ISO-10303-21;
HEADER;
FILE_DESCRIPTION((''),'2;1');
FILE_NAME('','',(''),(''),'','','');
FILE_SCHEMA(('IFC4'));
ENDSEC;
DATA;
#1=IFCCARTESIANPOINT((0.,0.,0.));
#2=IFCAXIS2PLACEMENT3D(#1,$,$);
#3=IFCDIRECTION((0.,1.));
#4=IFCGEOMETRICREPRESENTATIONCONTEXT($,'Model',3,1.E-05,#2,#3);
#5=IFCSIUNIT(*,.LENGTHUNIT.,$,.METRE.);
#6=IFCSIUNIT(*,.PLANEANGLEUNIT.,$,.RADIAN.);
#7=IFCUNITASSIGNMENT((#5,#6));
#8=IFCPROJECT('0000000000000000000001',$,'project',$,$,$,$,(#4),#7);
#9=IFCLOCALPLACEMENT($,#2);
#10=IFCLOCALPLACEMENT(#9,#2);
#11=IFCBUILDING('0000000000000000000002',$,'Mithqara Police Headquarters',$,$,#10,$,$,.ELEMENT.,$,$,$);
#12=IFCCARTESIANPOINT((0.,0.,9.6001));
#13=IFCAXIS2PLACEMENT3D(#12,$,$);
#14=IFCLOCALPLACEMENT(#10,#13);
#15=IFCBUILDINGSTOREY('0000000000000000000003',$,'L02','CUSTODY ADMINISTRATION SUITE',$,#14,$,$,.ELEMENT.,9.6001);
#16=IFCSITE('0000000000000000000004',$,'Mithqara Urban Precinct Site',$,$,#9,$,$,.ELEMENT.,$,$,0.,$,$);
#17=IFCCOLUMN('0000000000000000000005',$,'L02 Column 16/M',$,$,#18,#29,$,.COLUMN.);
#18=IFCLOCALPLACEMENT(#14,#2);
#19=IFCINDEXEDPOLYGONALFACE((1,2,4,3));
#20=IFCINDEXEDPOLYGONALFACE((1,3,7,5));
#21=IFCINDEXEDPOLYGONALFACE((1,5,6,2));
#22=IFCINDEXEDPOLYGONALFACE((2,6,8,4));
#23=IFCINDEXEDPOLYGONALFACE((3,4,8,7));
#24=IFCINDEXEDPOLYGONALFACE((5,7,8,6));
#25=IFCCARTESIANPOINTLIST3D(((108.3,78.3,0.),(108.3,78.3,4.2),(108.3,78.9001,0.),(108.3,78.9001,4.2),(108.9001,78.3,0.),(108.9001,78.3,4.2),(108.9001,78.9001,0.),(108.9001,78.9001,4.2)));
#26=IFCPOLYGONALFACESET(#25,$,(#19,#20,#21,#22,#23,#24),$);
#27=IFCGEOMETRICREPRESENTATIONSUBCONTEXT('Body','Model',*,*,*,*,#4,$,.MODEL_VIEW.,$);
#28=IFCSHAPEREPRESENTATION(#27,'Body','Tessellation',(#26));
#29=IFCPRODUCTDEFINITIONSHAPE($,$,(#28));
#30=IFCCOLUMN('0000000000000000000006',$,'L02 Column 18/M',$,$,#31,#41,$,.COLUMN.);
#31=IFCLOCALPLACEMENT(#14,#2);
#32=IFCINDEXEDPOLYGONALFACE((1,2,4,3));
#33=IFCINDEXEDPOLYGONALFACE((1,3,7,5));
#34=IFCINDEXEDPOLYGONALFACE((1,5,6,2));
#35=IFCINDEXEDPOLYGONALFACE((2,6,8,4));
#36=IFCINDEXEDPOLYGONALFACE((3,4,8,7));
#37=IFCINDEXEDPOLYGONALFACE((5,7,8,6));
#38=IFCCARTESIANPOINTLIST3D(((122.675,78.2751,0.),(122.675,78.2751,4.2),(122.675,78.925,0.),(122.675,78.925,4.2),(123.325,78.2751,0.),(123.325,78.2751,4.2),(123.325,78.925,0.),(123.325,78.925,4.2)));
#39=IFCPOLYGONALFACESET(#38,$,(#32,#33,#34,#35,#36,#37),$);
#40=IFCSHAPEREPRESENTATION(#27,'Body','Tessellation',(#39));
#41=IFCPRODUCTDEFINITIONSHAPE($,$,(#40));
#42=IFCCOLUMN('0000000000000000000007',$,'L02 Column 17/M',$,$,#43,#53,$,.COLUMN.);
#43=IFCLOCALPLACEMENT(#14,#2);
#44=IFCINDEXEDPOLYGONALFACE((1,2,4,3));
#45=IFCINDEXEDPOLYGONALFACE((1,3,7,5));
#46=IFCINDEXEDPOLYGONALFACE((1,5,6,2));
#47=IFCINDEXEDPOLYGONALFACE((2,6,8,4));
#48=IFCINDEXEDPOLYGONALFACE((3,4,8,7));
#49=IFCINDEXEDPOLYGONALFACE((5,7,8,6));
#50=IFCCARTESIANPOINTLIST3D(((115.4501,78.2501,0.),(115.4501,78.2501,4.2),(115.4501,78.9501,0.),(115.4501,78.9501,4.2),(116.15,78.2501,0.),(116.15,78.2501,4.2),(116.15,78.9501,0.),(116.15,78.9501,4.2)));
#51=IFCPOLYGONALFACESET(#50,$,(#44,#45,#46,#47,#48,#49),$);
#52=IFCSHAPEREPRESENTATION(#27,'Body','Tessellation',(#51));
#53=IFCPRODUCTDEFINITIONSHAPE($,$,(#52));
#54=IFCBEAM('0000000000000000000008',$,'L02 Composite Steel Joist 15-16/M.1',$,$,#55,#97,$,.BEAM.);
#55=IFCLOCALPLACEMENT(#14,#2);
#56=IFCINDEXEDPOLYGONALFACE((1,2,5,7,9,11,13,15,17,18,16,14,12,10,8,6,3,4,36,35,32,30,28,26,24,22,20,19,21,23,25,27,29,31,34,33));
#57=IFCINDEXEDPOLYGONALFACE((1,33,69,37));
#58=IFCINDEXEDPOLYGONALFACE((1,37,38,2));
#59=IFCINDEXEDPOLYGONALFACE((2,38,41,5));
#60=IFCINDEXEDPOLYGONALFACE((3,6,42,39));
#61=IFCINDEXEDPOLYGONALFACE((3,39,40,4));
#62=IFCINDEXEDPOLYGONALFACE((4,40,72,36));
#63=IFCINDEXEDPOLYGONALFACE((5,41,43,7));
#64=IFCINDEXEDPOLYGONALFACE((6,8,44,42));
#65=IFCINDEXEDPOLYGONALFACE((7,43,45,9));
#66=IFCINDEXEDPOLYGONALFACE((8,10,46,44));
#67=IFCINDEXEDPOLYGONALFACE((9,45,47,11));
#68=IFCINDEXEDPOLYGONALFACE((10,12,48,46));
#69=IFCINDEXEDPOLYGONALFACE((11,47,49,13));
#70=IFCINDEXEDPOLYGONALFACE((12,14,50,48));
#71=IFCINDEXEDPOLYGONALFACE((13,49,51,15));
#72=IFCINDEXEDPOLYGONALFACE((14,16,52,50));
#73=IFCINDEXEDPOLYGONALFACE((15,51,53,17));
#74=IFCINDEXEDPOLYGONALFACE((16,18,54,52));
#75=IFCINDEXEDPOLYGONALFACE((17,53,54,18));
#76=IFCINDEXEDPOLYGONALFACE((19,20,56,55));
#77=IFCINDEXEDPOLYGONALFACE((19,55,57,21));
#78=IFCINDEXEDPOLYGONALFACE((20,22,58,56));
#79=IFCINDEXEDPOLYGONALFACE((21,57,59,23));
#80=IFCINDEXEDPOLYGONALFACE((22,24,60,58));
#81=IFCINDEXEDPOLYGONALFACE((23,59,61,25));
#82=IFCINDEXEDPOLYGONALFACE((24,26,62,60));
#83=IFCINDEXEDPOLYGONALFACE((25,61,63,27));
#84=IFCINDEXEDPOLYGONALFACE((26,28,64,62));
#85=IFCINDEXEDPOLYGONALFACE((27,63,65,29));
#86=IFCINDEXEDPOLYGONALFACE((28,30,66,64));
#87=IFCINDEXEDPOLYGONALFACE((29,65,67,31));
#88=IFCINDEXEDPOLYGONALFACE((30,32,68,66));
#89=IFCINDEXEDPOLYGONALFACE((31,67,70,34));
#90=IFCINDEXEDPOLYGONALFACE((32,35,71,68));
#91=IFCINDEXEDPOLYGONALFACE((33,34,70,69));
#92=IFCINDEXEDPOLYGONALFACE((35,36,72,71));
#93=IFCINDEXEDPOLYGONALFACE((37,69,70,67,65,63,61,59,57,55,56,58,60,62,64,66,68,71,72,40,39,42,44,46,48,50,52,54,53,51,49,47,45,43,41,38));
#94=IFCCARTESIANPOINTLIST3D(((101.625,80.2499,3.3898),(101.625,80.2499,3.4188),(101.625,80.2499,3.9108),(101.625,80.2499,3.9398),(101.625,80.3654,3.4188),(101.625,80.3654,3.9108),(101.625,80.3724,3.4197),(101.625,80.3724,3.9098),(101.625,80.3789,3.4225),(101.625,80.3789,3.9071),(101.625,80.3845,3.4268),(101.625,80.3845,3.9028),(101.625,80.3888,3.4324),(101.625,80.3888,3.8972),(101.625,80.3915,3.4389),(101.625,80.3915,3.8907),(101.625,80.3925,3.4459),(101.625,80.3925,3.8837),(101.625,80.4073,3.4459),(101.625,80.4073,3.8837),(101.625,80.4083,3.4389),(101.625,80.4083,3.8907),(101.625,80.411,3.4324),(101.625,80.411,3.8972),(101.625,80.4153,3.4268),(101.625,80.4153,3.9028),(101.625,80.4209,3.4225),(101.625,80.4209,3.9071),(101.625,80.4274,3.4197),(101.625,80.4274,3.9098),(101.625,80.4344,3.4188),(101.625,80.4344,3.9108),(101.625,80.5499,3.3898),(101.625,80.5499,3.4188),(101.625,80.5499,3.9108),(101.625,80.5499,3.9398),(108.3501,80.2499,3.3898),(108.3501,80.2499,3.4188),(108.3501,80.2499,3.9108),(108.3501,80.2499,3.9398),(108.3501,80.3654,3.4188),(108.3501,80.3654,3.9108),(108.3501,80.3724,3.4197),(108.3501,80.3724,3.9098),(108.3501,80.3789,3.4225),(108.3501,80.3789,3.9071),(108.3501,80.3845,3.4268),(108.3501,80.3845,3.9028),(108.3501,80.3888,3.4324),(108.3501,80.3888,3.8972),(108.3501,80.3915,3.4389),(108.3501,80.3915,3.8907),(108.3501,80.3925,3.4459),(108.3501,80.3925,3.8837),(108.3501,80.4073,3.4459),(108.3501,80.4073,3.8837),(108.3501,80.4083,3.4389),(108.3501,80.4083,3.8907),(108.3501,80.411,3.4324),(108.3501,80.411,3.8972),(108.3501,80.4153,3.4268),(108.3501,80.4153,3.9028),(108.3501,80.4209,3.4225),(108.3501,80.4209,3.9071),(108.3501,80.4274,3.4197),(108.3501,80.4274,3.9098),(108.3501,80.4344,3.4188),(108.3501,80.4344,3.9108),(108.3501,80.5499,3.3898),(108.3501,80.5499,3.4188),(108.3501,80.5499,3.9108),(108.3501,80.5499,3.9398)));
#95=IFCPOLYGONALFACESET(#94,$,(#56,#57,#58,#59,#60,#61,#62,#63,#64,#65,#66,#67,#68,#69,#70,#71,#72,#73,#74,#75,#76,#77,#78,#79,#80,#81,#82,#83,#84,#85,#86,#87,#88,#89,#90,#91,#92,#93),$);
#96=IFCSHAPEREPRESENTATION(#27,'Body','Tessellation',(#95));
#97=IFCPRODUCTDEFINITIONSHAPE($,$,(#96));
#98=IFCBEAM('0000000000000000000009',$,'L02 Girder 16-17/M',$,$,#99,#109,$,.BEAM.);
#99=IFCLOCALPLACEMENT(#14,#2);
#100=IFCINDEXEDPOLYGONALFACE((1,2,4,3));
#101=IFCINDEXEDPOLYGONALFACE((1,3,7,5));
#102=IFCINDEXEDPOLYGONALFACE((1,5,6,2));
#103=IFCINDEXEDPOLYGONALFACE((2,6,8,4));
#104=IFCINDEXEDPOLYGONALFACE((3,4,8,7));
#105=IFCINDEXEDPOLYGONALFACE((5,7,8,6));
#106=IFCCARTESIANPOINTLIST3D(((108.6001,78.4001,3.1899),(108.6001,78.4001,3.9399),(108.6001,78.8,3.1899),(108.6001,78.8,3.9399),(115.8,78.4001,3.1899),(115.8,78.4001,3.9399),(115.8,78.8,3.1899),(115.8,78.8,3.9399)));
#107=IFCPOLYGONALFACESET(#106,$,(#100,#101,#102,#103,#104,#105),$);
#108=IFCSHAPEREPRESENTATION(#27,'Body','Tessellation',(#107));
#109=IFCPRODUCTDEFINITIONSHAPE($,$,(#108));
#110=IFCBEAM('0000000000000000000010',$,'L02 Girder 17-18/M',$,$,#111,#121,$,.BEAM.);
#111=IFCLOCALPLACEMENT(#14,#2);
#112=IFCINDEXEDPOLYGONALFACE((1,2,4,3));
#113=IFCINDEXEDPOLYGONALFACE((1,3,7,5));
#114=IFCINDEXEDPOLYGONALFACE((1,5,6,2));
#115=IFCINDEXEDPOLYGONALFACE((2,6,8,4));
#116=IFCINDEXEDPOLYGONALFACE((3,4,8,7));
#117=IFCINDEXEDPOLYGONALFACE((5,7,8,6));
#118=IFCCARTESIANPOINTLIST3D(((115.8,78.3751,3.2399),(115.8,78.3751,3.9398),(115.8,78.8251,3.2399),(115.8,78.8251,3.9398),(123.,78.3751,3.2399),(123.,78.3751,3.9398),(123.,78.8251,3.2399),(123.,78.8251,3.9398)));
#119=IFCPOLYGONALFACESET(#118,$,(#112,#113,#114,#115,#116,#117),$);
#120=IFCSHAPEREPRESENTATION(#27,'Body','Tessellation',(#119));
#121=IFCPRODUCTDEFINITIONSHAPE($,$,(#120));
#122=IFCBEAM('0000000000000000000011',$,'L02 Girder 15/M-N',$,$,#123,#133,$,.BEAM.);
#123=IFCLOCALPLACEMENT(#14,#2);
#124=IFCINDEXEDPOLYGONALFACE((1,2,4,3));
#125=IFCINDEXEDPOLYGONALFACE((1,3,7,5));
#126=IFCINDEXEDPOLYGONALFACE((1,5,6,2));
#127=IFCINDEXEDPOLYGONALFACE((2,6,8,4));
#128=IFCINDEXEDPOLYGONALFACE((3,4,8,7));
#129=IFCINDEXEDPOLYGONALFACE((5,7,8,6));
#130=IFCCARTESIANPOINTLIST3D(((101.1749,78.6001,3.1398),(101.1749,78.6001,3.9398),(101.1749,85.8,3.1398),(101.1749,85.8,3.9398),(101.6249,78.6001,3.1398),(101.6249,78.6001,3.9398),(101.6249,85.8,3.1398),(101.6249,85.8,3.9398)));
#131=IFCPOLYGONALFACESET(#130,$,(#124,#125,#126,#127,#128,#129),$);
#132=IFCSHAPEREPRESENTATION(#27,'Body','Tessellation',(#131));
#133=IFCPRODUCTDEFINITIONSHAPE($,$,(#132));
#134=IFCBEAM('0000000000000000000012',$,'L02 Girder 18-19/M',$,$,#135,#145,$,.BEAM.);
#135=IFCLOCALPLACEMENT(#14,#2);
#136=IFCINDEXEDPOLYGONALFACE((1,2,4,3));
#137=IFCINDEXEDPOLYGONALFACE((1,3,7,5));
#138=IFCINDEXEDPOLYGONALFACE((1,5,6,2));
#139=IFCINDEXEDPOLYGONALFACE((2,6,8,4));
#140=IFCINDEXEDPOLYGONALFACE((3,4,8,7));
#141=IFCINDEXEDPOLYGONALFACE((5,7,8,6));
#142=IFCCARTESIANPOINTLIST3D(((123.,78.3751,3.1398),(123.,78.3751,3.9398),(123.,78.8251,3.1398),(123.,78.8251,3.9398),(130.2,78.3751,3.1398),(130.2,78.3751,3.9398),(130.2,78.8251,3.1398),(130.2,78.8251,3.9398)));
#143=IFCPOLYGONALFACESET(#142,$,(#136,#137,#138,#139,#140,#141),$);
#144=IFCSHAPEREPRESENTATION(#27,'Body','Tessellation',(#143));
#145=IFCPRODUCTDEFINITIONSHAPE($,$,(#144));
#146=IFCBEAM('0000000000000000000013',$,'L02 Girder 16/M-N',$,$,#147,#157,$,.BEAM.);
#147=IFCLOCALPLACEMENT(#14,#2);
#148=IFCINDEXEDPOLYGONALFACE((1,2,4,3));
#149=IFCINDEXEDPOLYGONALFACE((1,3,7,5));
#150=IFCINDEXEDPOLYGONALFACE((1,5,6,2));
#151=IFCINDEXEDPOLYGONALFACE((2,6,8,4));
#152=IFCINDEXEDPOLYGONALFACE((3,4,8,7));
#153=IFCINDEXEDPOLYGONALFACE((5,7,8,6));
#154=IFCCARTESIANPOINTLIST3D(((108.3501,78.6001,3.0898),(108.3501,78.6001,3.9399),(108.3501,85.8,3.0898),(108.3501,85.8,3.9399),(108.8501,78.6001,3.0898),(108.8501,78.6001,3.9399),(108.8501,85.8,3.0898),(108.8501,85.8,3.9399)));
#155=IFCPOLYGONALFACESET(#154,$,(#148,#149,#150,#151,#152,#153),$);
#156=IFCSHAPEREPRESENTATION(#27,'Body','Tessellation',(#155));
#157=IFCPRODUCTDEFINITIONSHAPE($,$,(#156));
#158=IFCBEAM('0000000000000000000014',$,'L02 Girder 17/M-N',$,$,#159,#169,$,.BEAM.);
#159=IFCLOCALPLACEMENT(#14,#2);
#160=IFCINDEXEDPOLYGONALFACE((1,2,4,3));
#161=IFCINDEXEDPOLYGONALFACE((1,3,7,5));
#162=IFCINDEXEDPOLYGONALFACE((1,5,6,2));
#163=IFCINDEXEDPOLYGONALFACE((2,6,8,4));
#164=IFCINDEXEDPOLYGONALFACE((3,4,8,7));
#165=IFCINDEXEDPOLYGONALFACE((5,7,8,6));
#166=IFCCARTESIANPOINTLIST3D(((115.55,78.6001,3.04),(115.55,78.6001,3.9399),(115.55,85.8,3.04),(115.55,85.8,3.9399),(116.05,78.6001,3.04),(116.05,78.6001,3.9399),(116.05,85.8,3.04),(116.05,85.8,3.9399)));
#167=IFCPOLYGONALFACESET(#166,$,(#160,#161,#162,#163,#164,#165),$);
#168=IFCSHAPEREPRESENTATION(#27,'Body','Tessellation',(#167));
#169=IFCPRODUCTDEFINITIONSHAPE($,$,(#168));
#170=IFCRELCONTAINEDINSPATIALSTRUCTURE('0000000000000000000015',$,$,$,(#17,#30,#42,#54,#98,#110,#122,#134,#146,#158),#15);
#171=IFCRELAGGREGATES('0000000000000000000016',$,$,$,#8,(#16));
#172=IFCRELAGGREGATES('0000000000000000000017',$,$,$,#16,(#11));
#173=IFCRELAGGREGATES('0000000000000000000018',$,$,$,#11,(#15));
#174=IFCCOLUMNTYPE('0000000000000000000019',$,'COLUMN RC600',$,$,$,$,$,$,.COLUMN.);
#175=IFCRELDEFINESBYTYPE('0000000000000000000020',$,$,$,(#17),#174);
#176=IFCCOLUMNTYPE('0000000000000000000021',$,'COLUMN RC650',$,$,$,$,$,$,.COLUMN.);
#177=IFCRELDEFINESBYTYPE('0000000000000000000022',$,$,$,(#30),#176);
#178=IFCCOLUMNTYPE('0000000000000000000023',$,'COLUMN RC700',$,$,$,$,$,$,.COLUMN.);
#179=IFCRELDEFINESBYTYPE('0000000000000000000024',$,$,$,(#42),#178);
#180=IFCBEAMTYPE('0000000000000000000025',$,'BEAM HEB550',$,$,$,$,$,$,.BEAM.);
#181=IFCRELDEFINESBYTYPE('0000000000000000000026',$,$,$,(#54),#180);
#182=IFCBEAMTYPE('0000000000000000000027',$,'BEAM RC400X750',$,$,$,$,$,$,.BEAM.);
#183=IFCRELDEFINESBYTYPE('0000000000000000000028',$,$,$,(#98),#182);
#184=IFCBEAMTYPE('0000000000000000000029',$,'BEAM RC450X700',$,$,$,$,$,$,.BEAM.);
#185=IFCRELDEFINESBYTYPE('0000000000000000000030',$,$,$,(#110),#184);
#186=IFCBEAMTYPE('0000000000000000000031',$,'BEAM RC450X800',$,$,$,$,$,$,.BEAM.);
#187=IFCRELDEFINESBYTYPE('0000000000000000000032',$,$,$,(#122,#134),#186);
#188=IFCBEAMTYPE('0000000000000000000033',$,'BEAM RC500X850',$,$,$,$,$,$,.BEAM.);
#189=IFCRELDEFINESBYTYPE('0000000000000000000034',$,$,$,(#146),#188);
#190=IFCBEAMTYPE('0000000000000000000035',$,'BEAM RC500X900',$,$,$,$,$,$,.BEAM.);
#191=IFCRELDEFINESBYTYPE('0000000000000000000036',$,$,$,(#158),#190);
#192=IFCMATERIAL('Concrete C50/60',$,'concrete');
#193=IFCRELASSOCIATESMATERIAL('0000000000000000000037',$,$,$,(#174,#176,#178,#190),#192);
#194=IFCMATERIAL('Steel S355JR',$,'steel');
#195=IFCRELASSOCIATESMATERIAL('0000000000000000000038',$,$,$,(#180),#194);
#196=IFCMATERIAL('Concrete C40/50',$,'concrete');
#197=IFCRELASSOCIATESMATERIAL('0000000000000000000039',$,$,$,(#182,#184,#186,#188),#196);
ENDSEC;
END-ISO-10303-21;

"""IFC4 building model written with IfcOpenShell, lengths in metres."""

from ifc_helpers import new_model, si_unit, direction, frame, origin, origin_2d, place, context, subcontext, project, spatial, rectangle, i_section, extrude, material, material_profile, profile_set, type_object, element, save


model = new_model("IFC4")

# Units and contexts
model_context = context("Model", 3, precision=1e-05, world=origin(), true_north=direction((0.0, 1.0)))
body_context = subcontext(model_context, "Body", "Model", "MODEL_VIEW")
ifc_project = project(units=[si_unit("LENGTHUNIT", "METRE"), si_unit("PLANEANGLEUNIT", "RADIAN")], contexts=[model_context])

# Site, building, storey
site_placement = place(None, origin())
site = spatial("IfcSite", under=ifc_project, at=site_placement, Name="Mithqara Urban Precinct Site", CompositionType="ELEMENT", RefElevation=0.0)
building_placement = place(site_placement, origin())
building = spatial("IfcBuilding", under=site, at=building_placement, Name="Mithqara Police Headquarters", CompositionType="ELEMENT")
storey_placement = place(building_placement, frame((0.0, 0.0, 9.6001)))
storey = spatial("IfcBuildingStorey", under=building, at=storey_placement, Name="L02", Description="CUSTODY ADMINISTRATION SUITE", CompositionType="ELEMENT", Elevation=9.6001)

# Columns
ifc_material_1 = material(Name="Concrete C50/60", Category="concrete")
ifc_material_profile_1 = material_profile(ifc_material_1, rectangle(XDim=0.6001, YDim=0.6001, at=origin_2d()), Name="RC 600x600")
ifc_profile_set_1 = profile_set([ifc_material_profile_1], Name="Concrete C50/60")
column_type_1 = type_object("IfcColumnType", Name="COLUMN RC600", PredefinedType="COLUMN", material=ifc_profile_set_1)
column_1_placement = place(storey_placement, frame((108.6001, 78.6001, 0.0), z_axis=(0.0, 0.0, 1.0), x_axis=(1.0, 0.0, 0.0)))
element("IfcColumn", 1, at=column_1_placement, inside=storey, type_object=column_type_1, Name="L02 Column 16/M", PredefinedType="COLUMN", context=body_context, shape_type="SweptSolid", body=[
    extrude(rectangle(XDim=0.6001, YDim=0.6001, at=origin_2d()), origin(), (0.0, 0.0, 1.0), 4.2),
])
ifc_material_profile_2 = material_profile(ifc_material_1, rectangle(XDim=0.6499, YDim=0.6499, at=origin_2d()), Name="RC 650x650")
ifc_profile_set_2 = profile_set([ifc_material_profile_2], Name="Concrete C50/60")
column_type_2 = type_object("IfcColumnType", Name="COLUMN RC650", PredefinedType="COLUMN", material=ifc_profile_set_2)
column_2_placement = place(storey_placement, frame((123.0, 78.6001, 0.0), z_axis=(0.0, 0.0, 1.0), x_axis=(1.0, 0.0, 0.0)))
element("IfcColumn", 2, at=column_2_placement, inside=storey, type_object=column_type_2, Name="L02 Column 18/M", PredefinedType="COLUMN", context=body_context, shape_type="SweptSolid", body=[
    extrude(rectangle(XDim=0.6499, YDim=0.6499, at=origin_2d()), origin(), (0.0, 0.0, 1.0), 4.2),
])
ifc_material_profile_3 = material_profile(ifc_material_1, rectangle(XDim=0.7, YDim=0.7, at=origin_2d()), Name="RC 700x700")
ifc_profile_set_3 = profile_set([ifc_material_profile_3], Name="Concrete C50/60")
column_type_3 = type_object("IfcColumnType", Name="COLUMN RC700", PredefinedType="COLUMN", material=ifc_profile_set_3)
column_3_placement = place(storey_placement, frame((115.8, 78.6001, 0.0), z_axis=(0.0, 0.0, 1.0), x_axis=(1.0, 0.0, 0.0)))
element("IfcColumn", 3, at=column_3_placement, inside=storey, type_object=column_type_3, Name="L02 Column 17/M", PredefinedType="COLUMN", context=body_context, shape_type="SweptSolid", body=[
    extrude(rectangle(XDim=0.7, YDim=0.7, at=origin_2d()), origin(), (0.0, 0.0, 1.0), 4.2),
])

# Beams
ifc_material_2 = material(Name="Steel S355JR", Category="steel")
ifc_material_profile_4 = material_profile(ifc_material_2, i_section(OverallWidth=0.3, OverallDepth=0.55, WebThickness=0.0149, FlangeThickness=0.0291, FilletRadius=0.0271, at=origin_2d()), Name="HEB 550")
ifc_profile_set_4 = profile_set([ifc_material_profile_4], Name="Steel S355JR")
beam_type_1 = type_object("IfcBeamType", Name="BEAM HEB550", PredefinedType="BEAM", material=ifc_profile_set_4)
beam_1_placement = place(storey_placement, frame((101.625, 80.3999, 3.6648), z_axis=(1.0, 0.0, 0.0), x_axis=(0.0, 1.0, 0.0)))
element("IfcBeam", 4, at=beam_1_placement, inside=storey, type_object=beam_type_1, Name="L02 Composite Steel Joist 15-16/M.1", PredefinedType="BEAM", context=body_context, shape_type="SweptSolid", body=[
    extrude(i_section(OverallWidth=0.3, OverallDepth=0.55, WebThickness=0.0149, FlangeThickness=0.0291, FilletRadius=0.0271, at=origin_2d()), origin(), (0.0, 0.0, 1.0), 6.7251),
])
ifc_material_3 = material(Name="Concrete C40/50", Category="concrete")
ifc_material_profile_5 = material_profile(ifc_material_3, rectangle(XDim=0.3999, YDim=0.75, at=origin_2d()), Name="RC 400x750")
ifc_profile_set_5 = profile_set([ifc_material_profile_5], Name="Concrete C40/50")
beam_type_2 = type_object("IfcBeamType", Name="BEAM RC400X750", PredefinedType="BEAM", material=ifc_profile_set_5)
beam_2_placement = place(storey_placement, frame((108.6001, 78.6001, 3.5649), z_axis=(1.0, 0.0, 0.0), x_axis=(0.0, 1.0, 0.0)))
element("IfcBeam", 5, at=beam_2_placement, inside=storey, type_object=beam_type_2, Name="L02 Girder 16-17/M", PredefinedType="BEAM", context=body_context, shape_type="SweptSolid", body=[
    extrude(rectangle(XDim=0.3999, YDim=0.75, at=origin_2d()), origin(), (0.0, 0.0, 1.0), 7.2),
])
ifc_material_profile_6 = material_profile(ifc_material_3, rectangle(XDim=0.45, YDim=0.7, at=origin_2d()), Name="RC 450x700")
ifc_profile_set_6 = profile_set([ifc_material_profile_6], Name="Concrete C40/50")
beam_type_3 = type_object("IfcBeamType", Name="BEAM RC450X700", PredefinedType="BEAM", material=ifc_profile_set_6)
beam_3_placement = place(storey_placement, frame((115.8, 78.6001, 3.5898), z_axis=(1.0, 0.0, 0.0), x_axis=(0.0, 1.0, 0.0)))
element("IfcBeam", 6, at=beam_3_placement, inside=storey, type_object=beam_type_3, Name="L02 Girder 17-18/M", PredefinedType="BEAM", context=body_context, shape_type="SweptSolid", body=[
    extrude(rectangle(XDim=0.45, YDim=0.7, at=origin_2d()), origin(), (0.0, 0.0, 1.0), 7.2),
])
ifc_material_profile_7 = material_profile(ifc_material_3, rectangle(XDim=0.45, YDim=0.8, at=origin_2d()), Name="RC 450x800")
ifc_profile_set_7 = profile_set([ifc_material_profile_7], Name="Concrete C40/50")
beam_type_4 = type_object("IfcBeamType", Name="BEAM RC450X800", PredefinedType="BEAM", material=ifc_profile_set_7)
for number, where, z_axis, x_axis, name in (
    (7, (101.3999, 78.6001, 3.5398), (0.0, 1.0, 0.0), (-1.0, 0.0, 0.0), "L02 Girder 15/M-N"),
    (8, (123.0, 78.6001, 3.5398), (1.0, 0.0, 0.0), (0.0, 1.0, 0.0), "L02 Girder 18-19/M"),
):
    element("IfcBeam", number, at=place(storey_placement, frame(where, z_axis=z_axis, x_axis=x_axis)), inside=storey, type_object=beam_type_4, Name=name, PredefinedType="BEAM", context=body_context, shape_type="SweptSolid", body=[
        extrude(rectangle(XDim=0.45, YDim=0.8, at=origin_2d()), origin(), (0.0, 0.0, 1.0), 7.2),
    ])
ifc_material_profile_8 = material_profile(ifc_material_3, rectangle(XDim=0.5, YDim=0.8501, at=origin_2d()), Name="RC 500x850")
ifc_profile_set_8 = profile_set([ifc_material_profile_8], Name="Concrete C40/50")
beam_type_5 = type_object("IfcBeamType", Name="BEAM RC500X850", PredefinedType="BEAM", material=ifc_profile_set_8)
beam_4_placement = place(storey_placement, frame((108.6001, 78.6001, 3.5149), z_axis=(0.0, 1.0, 0.0), x_axis=(-1.0, 0.0, 0.0)))
element("IfcBeam", 9, at=beam_4_placement, inside=storey, type_object=beam_type_5, Name="L02 Girder 16/M-N", PredefinedType="BEAM", context=body_context, shape_type="SweptSolid", body=[
    extrude(rectangle(XDim=0.5, YDim=0.8501, at=origin_2d()), origin(), (0.0, 0.0, 1.0), 7.2),
])
ifc_material_profile_9 = material_profile(ifc_material_1, rectangle(XDim=0.5, YDim=0.8999, at=origin_2d()), Name="RC 500x900")
ifc_profile_set_9 = profile_set([ifc_material_profile_9], Name="Concrete C50/60")
beam_type_6 = type_object("IfcBeamType", Name="BEAM RC500X900", PredefinedType="BEAM", material=ifc_profile_set_9)
beam_5_placement = place(storey_placement, frame((115.8, 78.6001, 3.49), z_axis=(0.0, 1.0, 0.0), x_axis=(-1.0, 0.0, 0.0)))
element("IfcBeam", 10, at=beam_5_placement, inside=storey, type_object=beam_type_6, Name="L02 Girder 17/M-N", PredefinedType="BEAM", context=body_context, shape_type="SweptSolid", body=[
    extrude(rectangle(XDim=0.5, YDim=0.8999, at=origin_2d()), origin(), (0.0, 0.0, 1.0), 7.2),
])

save(model, "model.ifc")
